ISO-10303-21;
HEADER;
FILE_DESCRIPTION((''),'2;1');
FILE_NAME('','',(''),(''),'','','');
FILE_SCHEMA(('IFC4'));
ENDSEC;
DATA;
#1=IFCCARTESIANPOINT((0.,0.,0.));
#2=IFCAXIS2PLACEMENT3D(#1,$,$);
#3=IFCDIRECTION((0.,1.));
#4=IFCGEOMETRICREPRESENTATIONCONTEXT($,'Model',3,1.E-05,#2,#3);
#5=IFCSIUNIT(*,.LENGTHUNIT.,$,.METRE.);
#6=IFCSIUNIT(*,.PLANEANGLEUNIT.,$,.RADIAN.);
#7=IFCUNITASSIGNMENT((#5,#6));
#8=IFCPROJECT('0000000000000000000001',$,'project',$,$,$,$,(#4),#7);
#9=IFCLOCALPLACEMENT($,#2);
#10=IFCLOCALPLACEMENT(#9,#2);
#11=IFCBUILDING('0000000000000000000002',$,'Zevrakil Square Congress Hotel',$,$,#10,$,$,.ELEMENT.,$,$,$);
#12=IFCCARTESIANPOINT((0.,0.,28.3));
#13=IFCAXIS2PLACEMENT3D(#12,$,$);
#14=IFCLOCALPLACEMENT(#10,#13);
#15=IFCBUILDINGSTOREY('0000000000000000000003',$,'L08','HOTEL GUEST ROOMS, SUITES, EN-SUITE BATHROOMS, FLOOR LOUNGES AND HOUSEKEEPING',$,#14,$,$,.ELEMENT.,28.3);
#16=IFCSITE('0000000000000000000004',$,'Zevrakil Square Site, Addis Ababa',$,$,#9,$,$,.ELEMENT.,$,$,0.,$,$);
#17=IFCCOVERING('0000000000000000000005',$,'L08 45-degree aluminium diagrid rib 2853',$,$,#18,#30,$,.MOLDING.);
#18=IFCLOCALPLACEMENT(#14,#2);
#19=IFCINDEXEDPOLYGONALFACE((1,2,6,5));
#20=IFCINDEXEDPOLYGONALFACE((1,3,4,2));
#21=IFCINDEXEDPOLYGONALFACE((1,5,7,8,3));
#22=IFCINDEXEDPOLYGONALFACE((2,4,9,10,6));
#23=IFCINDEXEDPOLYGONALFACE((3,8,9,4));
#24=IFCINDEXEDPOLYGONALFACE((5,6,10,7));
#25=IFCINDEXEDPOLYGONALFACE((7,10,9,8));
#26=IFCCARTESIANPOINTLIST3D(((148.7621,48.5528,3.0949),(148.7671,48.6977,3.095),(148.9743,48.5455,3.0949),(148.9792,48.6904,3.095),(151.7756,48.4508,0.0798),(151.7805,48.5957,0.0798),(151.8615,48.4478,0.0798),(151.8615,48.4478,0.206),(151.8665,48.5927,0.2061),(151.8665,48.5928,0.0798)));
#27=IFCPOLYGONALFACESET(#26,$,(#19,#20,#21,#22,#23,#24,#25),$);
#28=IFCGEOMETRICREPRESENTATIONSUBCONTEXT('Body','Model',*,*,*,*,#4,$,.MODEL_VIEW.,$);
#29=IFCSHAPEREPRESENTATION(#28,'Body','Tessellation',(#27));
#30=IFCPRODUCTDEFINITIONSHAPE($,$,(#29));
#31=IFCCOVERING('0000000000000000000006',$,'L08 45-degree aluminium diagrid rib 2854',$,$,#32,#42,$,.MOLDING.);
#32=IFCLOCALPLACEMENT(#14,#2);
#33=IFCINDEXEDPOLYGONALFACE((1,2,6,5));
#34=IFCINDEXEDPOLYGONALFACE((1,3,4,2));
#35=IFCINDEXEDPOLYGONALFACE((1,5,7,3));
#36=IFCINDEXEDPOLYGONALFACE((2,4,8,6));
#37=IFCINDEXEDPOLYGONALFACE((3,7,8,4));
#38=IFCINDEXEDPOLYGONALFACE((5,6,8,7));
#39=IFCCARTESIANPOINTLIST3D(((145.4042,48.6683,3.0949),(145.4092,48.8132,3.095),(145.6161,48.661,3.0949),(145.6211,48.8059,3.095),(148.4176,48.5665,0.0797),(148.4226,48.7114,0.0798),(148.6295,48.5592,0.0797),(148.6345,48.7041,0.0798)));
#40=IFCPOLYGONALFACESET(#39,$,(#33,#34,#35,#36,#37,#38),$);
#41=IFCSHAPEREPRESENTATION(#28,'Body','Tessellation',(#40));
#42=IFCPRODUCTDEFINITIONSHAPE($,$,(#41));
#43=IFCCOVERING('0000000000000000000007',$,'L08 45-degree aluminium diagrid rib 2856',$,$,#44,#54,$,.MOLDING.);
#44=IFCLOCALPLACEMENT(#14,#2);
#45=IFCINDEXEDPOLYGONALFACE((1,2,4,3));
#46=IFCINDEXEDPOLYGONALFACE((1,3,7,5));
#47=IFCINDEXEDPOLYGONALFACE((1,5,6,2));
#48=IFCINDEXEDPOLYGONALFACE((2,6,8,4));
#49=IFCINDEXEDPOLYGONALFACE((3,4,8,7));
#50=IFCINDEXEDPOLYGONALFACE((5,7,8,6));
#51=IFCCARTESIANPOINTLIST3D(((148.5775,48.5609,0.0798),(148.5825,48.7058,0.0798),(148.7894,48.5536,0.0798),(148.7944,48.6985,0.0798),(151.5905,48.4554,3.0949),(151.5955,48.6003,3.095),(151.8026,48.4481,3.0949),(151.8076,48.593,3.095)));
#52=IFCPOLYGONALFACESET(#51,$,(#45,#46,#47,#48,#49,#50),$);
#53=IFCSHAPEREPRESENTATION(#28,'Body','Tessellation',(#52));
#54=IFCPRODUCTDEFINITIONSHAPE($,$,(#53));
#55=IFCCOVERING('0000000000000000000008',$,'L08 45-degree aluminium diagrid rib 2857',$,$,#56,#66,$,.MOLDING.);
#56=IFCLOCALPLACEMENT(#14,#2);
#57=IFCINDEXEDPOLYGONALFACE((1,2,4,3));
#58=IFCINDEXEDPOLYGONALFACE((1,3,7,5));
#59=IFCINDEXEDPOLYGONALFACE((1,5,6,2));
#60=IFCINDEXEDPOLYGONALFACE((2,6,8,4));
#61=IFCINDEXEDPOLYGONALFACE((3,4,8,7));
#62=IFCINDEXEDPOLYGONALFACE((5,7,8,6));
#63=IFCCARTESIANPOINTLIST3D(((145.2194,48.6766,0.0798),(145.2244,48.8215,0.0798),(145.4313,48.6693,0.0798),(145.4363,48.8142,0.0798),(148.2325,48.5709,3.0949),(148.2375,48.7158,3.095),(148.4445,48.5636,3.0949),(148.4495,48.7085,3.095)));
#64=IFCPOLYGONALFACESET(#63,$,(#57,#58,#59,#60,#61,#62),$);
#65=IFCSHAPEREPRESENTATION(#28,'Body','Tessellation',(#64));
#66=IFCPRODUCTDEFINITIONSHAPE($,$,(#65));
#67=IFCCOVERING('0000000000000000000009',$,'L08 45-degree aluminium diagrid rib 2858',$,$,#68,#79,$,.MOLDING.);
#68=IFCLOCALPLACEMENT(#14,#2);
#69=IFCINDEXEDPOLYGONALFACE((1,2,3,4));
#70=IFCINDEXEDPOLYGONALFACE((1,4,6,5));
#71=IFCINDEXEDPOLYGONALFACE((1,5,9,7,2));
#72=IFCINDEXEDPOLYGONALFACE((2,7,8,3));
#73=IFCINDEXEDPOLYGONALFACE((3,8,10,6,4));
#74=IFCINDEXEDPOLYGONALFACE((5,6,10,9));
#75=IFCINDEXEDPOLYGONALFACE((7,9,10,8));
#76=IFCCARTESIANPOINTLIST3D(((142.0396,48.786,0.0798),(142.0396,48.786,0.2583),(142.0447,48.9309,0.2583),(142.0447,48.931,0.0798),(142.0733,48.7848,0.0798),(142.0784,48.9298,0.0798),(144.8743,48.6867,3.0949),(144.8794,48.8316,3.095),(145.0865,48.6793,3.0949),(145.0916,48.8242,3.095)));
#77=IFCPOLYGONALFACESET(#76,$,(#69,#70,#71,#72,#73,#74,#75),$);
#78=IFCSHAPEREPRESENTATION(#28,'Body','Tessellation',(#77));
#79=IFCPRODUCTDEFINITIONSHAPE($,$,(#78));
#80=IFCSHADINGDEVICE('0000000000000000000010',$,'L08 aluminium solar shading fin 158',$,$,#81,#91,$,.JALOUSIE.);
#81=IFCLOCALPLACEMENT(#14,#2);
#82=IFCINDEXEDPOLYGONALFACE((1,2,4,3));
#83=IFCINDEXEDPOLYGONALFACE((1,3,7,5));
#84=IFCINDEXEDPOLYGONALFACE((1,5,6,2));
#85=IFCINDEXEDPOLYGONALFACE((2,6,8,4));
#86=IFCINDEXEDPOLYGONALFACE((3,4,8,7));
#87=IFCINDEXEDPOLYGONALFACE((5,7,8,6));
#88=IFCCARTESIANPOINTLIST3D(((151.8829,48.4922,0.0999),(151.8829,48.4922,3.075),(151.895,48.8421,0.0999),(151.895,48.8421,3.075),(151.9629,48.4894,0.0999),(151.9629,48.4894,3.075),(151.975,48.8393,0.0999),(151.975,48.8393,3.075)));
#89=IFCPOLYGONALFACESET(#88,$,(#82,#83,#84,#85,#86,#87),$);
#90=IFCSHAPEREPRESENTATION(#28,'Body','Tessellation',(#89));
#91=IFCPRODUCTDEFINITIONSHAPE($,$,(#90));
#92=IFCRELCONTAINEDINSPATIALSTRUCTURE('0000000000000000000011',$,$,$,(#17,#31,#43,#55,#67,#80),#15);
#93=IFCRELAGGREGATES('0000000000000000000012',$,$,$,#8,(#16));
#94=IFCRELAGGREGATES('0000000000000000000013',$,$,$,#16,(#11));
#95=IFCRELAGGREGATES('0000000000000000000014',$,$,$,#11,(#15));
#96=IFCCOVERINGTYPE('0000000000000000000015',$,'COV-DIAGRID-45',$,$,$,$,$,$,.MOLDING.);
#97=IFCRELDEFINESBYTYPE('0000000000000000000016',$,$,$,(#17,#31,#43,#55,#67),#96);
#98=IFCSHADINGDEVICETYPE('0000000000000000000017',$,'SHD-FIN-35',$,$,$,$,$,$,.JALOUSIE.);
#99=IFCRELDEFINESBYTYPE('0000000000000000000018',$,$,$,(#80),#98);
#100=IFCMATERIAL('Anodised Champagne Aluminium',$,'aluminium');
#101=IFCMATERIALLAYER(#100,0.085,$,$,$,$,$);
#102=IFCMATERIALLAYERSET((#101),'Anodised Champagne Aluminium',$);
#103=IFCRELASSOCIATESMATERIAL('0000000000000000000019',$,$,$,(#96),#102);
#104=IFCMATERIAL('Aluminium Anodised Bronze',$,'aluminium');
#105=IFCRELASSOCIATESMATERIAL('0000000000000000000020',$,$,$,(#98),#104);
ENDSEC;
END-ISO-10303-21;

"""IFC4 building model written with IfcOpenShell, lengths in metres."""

from ifc_helpers import new_model, si_unit, direction, frame, origin, origin_2d, place, context, subcontext, project, spatial, polyline, rectangle, outline, extrude, material, layer, layer_set, type_object, element, save


model = new_model("IFC4")

# Units and contexts
model_context = context("Model", 3, precision=1e-05, world=origin(), true_north=direction((0.0, 1.0)))
body_context = subcontext(model_context, "Body", "Model", "MODEL_VIEW")
ifc_project = project(units=[si_unit("LENGTHUNIT", "METRE"), si_unit("PLANEANGLEUNIT", "RADIAN")], contexts=[model_context])

# Site, building, storey
site_placement = place(None, origin())
site = spatial("IfcSite", under=ifc_project, at=site_placement, Name="Zevrakil Square Site, Addis Ababa", CompositionType="ELEMENT", RefElevation=0.0)
building_placement = place(site_placement, origin())
building = spatial("IfcBuilding", under=site, at=building_placement, Name="Zevrakil Square Congress Hotel", CompositionType="ELEMENT")
storey_placement = place(building_placement, frame((0.0, 0.0, 28.3)))
storey = spatial("IfcBuildingStorey", under=building, at=storey_placement, Name="L08", Description="HOTEL GUEST ROOMS, SUITES, EN-SUITE BATHROOMS, FLOOR LOUNGES AND HOUSEKEEPING", CompositionType="ELEMENT", Elevation=28.3)

# Coverings
ifc_material_1 = material(Name="Anodised Champagne Aluminium", Category="aluminium")
ifc_layer_1 = layer(ifc_material_1, 0.085)
ifc_layer_set_1 = layer_set([ifc_layer_1], Name="Anodised Champagne Aluminium")
covering_type_1 = type_object("IfcCoveringType", Name="COV-DIAGRID-45", PredefinedType="MOLDING", material=ifc_layer_set_1)
covering_1_placement = place(storey_placement, frame((151.7805, 48.5957, 0.0798), z_axis=(0.034212, 0.999415, 0.000385), x_axis=(0.999415, -0.034212, 0.0)))
element("IfcCovering", 1, at=covering_1_placement, inside=storey, type_object=covering_type_1, Name="L08 45-degree aluminium diagrid rib 2853", PredefinedType="MOLDING", context=body_context, shape_type="SweptSolid", body=[
    extrude(outline(polyline([(0.0, 0.0), (0.086, 0.0), (0.086, -0.1262), (-2.8029, -3.0151), (-3.0152, -3.0151), (0.0, 0.0)])), origin(), (0.0, 0.0, -1.0), 0.145),
])
covering_2_placement = place(storey_placement, frame((148.4226, 48.7114, 0.0798), z_axis=(0.034542, 0.999403, 0.000777), x_axis=(0.999403, -0.034542, 0.0)))
element("IfcCovering", 2, at=covering_2_placement, inside=storey, type_object=covering_type_1, Name="L08 45-degree aluminium diagrid rib 2854", PredefinedType="MOLDING", context=body_context, shape_type="SweptSolid", body=[
    extrude(outline(polyline([(0.0, 0.0), (0.212, 0.0), (-2.8031, -3.0151), (-3.0151, -3.0151), (0.0, 0.0)])), origin(), (0.0, 0.0, -1.0), 0.145),
])
covering_3_placement = place(storey_placement, frame((151.8076, 48.593, 3.095), z_axis=(0.034522, 0.999404, 0.000461), x_axis=(-0.999404, 0.034522, 0.0)))
element("IfcCovering", 3, at=covering_3_placement, inside=storey, type_object=covering_type_1, Name="L08 45-degree aluminium diagrid rib 2856", PredefinedType="MOLDING", context=body_context, shape_type="SweptSolid", body=[
    extrude(outline(polyline([(0.0, 0.0), (0.2123, 0.0), (3.2271, -3.0151), (3.015, -3.0151), (0.0, 0.0)])), origin(), (0.0, 0.0, -1.0), 0.145),
])
covering_4_placement = place(storey_placement, frame((148.4495, 48.7085, 3.095), z_axis=(0.034542, 0.999403, 0.000521), x_axis=(-0.999403, 0.034542, 0.0)))
element("IfcCovering", 4, at=covering_4_placement, inside=storey, type_object=covering_type_1, Name="L08 45-degree aluminium diagrid rib 2857", PredefinedType="MOLDING", context=body_context, shape_type="SweptSolid", body=[
    extrude(outline(polyline([(0.0, 0.0), (0.212, 0.0), (3.2271, -3.0151), (3.015, -3.0151), (0.0, 0.0)])), origin(), (0.0, 0.0, -1.0), 0.145),
])
covering_5_placement = place(storey_placement, frame((145.0916, 48.8242, 3.095), z_axis=(0.034856, 0.999392, 0.000156), x_axis=(-0.999392, 0.034856, 0.0)))
element("IfcCovering", 5, at=covering_5_placement, inside=storey, type_object=covering_type_1, Name="L08 45-degree aluminium diagrid rib 2858", PredefinedType="MOLDING", context=body_context, shape_type="SweptSolid", body=[
    extrude(outline(polyline([(0.0, 0.0), (0.2123, 0.0), (3.0487, -2.8367), (3.0487, -3.0151), (3.015, -3.0151), (0.0, 0.0)])), origin(), (0.0, 0.0, -1.0), 0.145),
])

# Shading device
ifc_material_2 = material(Name="Aluminium Anodised Bronze", Category="aluminium")
shading_device_type = type_object("IfcShadingDeviceType", Name="SHD-FIN-35", PredefinedType="JALOUSIE", material=ifc_material_2)
shading_device_placement = place(storey_placement, frame((151.929, 48.6658, 0.0999), z_axis=(0.0, 0.0, 1.0), x_axis=(0.034411, 0.999408, 0.0)))
element("IfcShadingDevice", 6, at=shading_device_placement, inside=storey, type_object=shading_device_type, Name="L08 aluminium solar shading fin 158", PredefinedType="JALOUSIE", context=body_context, shape_type="SweptSolid", body=[
    extrude(rectangle(XDim=0.3501, YDim=0.0801, at=origin_2d()), origin(), (0.0, 0.0, 1.0), 2.9751),
])

save(model, "model.ifc")
